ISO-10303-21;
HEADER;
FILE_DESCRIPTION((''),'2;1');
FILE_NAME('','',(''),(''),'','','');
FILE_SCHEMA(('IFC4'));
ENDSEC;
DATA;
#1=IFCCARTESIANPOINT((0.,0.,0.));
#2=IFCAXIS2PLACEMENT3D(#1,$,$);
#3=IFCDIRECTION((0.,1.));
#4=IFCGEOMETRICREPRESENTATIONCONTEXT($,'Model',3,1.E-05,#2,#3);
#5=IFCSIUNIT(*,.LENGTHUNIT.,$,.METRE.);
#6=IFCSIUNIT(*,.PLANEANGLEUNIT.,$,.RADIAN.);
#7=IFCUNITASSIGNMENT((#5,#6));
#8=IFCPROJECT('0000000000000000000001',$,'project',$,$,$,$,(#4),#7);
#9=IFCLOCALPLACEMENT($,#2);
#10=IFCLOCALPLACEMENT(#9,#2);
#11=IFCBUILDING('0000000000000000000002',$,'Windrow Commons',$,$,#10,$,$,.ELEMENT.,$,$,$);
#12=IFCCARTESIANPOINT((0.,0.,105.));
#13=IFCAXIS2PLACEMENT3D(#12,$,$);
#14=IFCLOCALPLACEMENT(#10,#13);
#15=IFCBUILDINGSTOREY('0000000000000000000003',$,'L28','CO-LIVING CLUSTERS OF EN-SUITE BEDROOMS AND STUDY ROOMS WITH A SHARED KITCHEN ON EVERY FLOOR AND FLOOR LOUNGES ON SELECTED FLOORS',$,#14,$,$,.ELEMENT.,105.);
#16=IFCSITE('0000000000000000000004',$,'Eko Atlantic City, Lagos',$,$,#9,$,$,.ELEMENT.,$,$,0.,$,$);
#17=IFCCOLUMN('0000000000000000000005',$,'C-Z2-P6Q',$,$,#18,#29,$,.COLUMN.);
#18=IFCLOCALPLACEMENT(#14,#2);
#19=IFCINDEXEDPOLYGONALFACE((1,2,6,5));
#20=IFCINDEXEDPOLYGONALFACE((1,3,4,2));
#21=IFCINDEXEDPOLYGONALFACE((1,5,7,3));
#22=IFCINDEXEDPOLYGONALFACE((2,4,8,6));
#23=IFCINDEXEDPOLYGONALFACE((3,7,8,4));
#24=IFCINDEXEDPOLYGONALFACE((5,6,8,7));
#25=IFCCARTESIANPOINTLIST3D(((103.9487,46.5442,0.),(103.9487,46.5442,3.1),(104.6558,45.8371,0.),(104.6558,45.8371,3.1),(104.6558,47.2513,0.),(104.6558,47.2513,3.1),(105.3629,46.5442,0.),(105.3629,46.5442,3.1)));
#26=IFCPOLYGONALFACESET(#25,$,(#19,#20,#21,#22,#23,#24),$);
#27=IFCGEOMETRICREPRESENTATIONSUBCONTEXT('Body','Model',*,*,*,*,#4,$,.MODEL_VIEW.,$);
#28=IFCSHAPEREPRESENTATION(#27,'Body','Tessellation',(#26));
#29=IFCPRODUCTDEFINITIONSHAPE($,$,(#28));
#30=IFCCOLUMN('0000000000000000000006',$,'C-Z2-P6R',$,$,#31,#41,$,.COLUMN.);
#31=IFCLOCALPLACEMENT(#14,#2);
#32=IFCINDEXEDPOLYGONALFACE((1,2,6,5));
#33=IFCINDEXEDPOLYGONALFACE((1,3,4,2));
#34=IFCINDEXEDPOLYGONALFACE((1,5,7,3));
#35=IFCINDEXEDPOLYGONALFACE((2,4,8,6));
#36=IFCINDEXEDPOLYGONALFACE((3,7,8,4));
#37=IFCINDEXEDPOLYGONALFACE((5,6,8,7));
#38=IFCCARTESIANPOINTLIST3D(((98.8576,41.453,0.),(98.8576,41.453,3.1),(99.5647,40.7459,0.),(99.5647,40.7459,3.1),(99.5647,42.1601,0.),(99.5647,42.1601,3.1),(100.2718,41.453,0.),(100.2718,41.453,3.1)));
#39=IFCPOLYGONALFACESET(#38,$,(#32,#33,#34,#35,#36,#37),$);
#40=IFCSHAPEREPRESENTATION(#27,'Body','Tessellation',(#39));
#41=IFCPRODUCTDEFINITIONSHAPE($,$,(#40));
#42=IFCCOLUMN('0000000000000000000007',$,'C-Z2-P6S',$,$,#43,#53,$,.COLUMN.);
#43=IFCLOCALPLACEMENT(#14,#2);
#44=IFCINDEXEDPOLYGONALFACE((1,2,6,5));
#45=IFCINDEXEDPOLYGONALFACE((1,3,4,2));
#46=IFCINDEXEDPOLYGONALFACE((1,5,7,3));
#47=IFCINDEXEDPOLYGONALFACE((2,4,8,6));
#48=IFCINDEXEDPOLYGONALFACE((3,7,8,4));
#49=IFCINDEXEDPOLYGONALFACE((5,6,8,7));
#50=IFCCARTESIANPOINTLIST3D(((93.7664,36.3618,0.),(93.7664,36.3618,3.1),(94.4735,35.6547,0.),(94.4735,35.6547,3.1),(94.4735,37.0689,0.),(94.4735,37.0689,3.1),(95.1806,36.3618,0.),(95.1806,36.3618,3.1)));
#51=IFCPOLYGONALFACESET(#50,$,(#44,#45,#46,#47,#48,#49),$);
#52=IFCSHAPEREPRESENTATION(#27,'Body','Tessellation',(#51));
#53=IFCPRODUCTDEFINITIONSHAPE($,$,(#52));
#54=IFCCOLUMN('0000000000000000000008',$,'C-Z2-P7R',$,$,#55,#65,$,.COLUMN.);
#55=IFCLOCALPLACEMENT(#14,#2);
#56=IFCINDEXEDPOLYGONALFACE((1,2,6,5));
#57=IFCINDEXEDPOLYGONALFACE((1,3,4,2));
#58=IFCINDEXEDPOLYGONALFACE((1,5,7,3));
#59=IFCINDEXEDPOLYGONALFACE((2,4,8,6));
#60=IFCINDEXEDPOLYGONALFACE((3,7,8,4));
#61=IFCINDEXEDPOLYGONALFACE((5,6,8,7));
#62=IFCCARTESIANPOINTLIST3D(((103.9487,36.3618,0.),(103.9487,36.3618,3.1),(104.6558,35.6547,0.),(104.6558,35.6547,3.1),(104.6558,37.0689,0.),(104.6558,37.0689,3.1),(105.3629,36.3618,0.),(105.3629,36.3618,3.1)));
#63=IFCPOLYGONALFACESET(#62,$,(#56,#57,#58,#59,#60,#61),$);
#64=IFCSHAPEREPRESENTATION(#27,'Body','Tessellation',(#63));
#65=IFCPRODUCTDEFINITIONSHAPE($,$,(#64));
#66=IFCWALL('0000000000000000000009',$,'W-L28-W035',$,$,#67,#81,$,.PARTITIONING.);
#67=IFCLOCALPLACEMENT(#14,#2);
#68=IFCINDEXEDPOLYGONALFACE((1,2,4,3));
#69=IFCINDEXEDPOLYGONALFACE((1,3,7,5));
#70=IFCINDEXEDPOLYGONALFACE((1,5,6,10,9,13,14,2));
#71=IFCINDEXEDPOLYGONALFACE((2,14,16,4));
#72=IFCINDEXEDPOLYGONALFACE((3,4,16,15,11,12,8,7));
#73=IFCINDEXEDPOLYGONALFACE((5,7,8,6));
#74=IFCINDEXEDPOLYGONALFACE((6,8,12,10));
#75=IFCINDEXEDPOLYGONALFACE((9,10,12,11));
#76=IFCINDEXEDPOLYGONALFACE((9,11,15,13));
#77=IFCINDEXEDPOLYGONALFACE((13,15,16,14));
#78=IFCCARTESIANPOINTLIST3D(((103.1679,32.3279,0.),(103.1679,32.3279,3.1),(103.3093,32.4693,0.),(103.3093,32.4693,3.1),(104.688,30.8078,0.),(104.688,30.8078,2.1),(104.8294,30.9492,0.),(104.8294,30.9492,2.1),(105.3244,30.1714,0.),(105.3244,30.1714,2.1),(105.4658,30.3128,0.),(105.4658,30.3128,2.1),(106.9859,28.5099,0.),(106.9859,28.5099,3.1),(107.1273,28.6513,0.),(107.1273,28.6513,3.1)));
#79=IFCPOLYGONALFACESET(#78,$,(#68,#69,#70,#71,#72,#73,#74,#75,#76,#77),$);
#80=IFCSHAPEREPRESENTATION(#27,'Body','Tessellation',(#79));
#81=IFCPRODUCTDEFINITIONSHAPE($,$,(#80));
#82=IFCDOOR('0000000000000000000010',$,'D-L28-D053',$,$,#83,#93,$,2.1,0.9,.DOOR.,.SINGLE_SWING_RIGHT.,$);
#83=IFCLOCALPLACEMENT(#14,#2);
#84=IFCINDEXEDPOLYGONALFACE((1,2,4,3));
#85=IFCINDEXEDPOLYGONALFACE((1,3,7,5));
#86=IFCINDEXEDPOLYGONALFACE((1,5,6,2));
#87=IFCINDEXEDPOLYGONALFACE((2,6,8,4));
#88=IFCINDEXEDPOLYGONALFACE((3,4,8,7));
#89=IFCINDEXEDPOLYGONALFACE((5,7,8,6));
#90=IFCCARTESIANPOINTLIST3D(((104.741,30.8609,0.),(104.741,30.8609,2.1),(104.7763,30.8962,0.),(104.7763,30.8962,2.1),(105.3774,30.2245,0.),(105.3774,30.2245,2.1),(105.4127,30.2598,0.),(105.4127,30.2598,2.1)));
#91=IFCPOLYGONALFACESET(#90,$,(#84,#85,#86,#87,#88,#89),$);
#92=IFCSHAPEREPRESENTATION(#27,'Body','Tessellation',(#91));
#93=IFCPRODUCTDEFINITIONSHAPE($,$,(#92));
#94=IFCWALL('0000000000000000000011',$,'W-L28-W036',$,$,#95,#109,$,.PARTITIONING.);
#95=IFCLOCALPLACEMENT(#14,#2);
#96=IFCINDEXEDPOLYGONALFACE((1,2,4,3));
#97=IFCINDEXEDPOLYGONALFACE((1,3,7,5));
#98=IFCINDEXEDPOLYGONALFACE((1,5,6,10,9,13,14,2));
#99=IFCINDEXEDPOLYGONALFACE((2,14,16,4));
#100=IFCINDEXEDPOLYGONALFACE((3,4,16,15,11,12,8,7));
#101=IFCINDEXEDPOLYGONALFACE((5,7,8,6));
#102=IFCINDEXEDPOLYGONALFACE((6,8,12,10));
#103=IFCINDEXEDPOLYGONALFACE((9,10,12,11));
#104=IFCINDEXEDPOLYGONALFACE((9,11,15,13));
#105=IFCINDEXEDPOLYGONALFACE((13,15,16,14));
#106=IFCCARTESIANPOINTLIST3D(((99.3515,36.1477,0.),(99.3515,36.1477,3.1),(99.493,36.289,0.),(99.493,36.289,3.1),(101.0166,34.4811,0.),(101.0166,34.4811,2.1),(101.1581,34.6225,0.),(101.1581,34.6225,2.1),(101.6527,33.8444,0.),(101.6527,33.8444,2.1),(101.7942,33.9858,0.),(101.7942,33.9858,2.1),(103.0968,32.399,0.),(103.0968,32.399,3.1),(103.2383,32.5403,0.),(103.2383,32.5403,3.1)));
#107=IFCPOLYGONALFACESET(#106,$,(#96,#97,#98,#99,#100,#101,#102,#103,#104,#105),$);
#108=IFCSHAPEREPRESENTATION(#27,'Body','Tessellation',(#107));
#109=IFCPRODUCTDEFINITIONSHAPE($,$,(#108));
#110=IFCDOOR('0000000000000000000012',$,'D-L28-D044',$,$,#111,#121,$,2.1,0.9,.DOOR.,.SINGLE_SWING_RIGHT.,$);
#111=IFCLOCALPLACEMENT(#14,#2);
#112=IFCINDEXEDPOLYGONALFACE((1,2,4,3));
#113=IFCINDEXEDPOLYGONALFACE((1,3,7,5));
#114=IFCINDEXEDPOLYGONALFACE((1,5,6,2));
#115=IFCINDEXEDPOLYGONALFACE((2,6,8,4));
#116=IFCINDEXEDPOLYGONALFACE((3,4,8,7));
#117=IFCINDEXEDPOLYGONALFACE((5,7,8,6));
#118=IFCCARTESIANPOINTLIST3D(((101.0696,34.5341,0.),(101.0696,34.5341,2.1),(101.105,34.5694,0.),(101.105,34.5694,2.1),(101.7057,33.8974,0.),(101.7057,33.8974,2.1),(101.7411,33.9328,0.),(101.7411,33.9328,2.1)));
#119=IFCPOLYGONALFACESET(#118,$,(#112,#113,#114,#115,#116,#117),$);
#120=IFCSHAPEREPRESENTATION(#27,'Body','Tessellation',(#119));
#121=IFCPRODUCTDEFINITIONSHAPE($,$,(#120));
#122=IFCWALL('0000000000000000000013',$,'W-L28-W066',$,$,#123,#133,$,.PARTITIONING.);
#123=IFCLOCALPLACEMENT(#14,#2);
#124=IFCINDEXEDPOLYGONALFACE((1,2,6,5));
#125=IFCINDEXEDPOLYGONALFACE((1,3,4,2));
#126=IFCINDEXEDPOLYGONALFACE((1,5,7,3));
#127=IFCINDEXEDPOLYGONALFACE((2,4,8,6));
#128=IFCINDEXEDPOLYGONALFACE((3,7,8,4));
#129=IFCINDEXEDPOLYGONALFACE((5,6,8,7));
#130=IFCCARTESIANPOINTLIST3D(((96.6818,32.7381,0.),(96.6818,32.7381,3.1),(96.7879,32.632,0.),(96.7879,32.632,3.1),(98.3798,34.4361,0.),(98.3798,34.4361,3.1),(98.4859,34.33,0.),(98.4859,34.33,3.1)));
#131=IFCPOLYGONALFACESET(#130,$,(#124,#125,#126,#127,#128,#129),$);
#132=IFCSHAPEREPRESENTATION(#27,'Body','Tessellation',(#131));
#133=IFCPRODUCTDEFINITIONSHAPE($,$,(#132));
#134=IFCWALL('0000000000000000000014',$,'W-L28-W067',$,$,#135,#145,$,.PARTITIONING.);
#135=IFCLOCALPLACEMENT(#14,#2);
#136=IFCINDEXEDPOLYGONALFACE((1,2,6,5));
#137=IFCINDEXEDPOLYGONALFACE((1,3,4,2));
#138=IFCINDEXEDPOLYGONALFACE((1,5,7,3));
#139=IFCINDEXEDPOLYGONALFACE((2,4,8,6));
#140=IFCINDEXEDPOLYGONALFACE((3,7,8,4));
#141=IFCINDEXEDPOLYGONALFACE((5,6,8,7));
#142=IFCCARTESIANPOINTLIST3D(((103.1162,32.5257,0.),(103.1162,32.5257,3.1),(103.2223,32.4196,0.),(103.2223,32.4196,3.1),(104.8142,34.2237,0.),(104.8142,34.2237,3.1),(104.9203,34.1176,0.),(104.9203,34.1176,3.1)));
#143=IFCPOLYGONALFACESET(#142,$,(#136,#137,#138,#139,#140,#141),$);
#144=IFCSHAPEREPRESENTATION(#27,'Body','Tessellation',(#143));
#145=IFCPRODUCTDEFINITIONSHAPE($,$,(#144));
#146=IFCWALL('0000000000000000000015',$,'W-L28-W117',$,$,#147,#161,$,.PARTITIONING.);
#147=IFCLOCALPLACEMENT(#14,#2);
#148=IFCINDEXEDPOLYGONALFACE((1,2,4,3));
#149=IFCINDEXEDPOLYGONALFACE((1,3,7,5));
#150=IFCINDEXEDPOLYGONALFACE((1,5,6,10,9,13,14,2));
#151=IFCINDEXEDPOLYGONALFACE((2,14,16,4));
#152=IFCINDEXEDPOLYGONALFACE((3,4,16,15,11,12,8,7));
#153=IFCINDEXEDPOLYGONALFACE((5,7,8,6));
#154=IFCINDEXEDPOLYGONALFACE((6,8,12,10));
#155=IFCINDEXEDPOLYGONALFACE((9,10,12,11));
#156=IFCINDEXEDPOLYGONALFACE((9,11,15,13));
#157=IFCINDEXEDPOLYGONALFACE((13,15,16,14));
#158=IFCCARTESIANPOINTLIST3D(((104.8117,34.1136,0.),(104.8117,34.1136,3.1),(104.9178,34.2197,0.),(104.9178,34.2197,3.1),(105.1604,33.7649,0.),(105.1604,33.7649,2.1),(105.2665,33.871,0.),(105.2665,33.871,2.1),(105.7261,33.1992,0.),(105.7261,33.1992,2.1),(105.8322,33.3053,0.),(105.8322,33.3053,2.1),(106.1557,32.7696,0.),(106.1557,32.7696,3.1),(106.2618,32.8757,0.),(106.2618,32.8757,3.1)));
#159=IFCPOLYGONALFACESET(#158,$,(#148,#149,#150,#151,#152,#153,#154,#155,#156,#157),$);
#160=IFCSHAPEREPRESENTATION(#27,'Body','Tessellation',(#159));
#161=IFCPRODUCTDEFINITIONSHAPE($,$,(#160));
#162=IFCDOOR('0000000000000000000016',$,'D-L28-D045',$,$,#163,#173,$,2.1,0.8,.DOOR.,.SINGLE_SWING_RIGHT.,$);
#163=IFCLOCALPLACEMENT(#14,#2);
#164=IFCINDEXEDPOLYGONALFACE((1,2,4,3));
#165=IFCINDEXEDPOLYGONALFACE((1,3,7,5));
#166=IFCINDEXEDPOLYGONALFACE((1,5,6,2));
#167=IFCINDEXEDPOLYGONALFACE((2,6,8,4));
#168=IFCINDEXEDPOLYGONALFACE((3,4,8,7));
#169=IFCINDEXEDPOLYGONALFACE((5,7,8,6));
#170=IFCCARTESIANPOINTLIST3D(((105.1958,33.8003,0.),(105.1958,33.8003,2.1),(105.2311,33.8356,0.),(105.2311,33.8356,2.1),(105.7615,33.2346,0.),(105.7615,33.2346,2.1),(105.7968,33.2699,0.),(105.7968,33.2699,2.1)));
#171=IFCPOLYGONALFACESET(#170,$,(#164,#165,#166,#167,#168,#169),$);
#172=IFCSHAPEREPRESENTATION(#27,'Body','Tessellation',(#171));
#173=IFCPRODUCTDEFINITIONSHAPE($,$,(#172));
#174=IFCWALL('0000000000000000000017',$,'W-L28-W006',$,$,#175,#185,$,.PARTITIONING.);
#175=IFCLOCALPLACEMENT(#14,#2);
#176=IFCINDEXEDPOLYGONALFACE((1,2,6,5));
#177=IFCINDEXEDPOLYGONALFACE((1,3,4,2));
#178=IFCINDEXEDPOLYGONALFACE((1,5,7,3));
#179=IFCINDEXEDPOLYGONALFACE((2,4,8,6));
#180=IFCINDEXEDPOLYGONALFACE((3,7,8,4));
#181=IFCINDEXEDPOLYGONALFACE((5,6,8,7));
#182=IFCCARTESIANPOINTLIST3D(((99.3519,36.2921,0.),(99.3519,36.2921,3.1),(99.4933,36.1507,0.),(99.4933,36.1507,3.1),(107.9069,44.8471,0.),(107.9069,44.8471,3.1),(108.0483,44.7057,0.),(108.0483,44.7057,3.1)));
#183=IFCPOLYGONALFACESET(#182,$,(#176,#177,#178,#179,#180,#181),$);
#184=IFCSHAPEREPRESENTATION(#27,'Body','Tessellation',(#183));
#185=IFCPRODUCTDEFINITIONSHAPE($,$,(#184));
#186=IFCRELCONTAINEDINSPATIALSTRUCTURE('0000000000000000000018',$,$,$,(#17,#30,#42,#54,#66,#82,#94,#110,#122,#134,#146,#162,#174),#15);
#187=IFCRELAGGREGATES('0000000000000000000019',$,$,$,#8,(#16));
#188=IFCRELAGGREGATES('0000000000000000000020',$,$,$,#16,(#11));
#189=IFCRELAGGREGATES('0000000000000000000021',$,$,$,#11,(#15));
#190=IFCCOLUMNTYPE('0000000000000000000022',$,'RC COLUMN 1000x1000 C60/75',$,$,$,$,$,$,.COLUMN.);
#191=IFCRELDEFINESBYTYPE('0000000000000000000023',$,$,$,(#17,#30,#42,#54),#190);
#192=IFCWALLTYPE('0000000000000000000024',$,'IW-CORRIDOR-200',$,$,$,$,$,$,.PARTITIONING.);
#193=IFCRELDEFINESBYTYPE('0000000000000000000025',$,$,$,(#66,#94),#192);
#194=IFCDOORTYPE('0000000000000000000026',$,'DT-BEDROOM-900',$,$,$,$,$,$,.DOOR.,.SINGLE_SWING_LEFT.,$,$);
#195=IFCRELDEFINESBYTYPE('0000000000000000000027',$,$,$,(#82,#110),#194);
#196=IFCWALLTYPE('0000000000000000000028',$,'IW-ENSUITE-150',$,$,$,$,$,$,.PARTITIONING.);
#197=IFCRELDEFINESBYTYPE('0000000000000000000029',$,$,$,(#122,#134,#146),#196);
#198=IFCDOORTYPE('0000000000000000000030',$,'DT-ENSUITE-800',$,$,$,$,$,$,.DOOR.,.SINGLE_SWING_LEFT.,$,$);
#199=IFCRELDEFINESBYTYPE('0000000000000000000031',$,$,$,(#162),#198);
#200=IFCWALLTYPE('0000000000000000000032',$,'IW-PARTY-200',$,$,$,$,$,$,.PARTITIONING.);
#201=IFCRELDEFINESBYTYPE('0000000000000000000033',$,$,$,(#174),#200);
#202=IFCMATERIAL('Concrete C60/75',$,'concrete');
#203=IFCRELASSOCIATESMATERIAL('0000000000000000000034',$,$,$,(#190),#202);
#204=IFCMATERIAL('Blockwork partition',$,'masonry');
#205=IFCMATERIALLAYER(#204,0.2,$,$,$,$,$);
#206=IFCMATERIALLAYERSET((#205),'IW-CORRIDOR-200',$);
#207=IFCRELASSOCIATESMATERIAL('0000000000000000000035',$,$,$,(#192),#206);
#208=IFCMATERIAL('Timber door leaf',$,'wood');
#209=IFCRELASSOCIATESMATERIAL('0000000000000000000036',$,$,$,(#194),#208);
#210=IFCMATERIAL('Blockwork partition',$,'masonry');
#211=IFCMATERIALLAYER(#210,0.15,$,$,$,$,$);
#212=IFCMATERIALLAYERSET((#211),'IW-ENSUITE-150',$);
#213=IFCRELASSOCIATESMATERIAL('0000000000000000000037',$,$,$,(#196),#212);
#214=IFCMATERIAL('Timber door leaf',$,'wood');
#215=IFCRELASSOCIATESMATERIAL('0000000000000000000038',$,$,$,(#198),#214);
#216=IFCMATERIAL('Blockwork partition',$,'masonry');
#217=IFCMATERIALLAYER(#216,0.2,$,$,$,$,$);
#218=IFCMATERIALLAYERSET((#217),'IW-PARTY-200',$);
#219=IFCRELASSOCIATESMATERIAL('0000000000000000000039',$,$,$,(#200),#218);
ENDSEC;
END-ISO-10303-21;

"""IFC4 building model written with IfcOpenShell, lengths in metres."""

from ifc_helpers import new_model, si_unit, direction, frame, frame_2d, origin, origin_2d, place, context, subcontext, project, spatial, rectangle, extrude, material, layer, layer_set, material_profile, profile_set, type_object, element, fill, save


model = new_model("IFC4")

# Units and contexts
model_context = context("Model", 3, precision=1e-05, world=origin(), true_north=direction((0.0, 1.0)))
body_context = subcontext(model_context, "Body", "Model", "MODEL_VIEW")
ifc_project = project(units=[si_unit("LENGTHUNIT", "METRE"), si_unit("PLANEANGLEUNIT", "RADIAN")], contexts=[model_context])

# Site, building, storey
site_placement = place(None, origin())
site = spatial("IfcSite", under=ifc_project, at=site_placement, Name="Eko Atlantic City, Lagos", CompositionType="ELEMENT", RefElevation=0.0)
building_placement = place(site_placement, origin())
building = spatial("IfcBuilding", under=site, at=building_placement, Name="Windrow Commons", CompositionType="ELEMENT")
storey_placement = place(building_placement, frame((0.0, 0.0, 105.0)))
storey = spatial("IfcBuildingStorey", under=building, at=storey_placement, Name="L28", Description="CO-LIVING CLUSTERS OF EN-SUITE BEDROOMS AND STUDY ROOMS WITH A SHARED KITCHEN ON EVERY FLOOR AND FLOOR LOUNGES ON SELECTED FLOORS", CompositionType="ELEMENT", Elevation=105.0)

# Columns
ifc_material_1 = material(Name="Concrete C60/75", Category="concrete")
ifc_material_profile = material_profile(ifc_material_1, rectangle(XDim=1.0, YDim=1.0, at=origin_2d()))
ifc_profile_set = profile_set([ifc_material_profile], Name="Concrete C60/75")
column_type = type_object("IfcColumnType", Name="RC COLUMN 1000x1000 C60/75", PredefinedType="COLUMN", material=ifc_profile_set)
for number, where, z_axis, x_axis, name in (
    (1, (104.6558, 46.5442, 0.0), (0.0, 0.0, 1.0), (0.707107, -0.707107, 0.0), "C-Z2-P6Q"),
    (2, (99.5647, 41.453, 0.0), (0.0, 0.0, 1.0), (0.707107, -0.707107, 0.0), "C-Z2-P6R"),
    (3, (94.4735, 36.3618, 0.0), (0.0, 0.0, 1.0), (0.707107, -0.707107, 0.0), "C-Z2-P6S"),
    (4, (104.6558, 36.3618, 0.0), (0.0, 0.0, 1.0), (0.707107, -0.707107, 0.0), "C-Z2-P7R"),
):
    element("IfcColumn", number, at=place(storey_placement, frame(where, z_axis=z_axis, x_axis=x_axis)), inside=storey, type_object=column_type, Name=name, PredefinedType="COLUMN", context=body_context, shape_type="SweptSolid", body=[
        extrude(rectangle(XDim=1.0, YDim=1.0, at=origin_2d()), origin(), (0.0, 0.0, 1.0), 3.1),
    ])

# Walls, openings, doors
ifc_material_2 = material(Name="Blockwork partition", Category="masonry")
ifc_layer_1 = layer(ifc_material_2, 0.2)
ifc_layer_set_1 = layer_set([ifc_layer_1], Name="IW-CORRIDOR-200")
wall_type_1 = type_object("IfcWallType", Name="IW-CORRIDOR-200", PredefinedType="PARTITIONING", material=ifc_layer_set_1)
wall_1_placement = place(storey_placement, frame((103.2386, 32.3986, 0.0), z_axis=(0.0, 0.0, 1.0), x_axis=(0.707107, -0.707107, 0.0)))
wall_1 = element("IfcWall", 5, at=wall_1_placement, inside=storey, type_object=wall_type_1, Name="W-L28-W035", PredefinedType="PARTITIONING", context=body_context, shape_type="SweptSolid", body=[
    extrude(rectangle(XDim=5.3995, YDim=0.2, at=frame_2d((2.6997, 0.0))), origin(), (0.0, 0.0, 1.0), 3.1),
])
opening_1_placement = place(wall_1_placement, frame((2.1497, 0.0, 0.0)))
opening_1 = element("IfcOpeningElement", 6, at=opening_1_placement, cuts=wall_1, PredefinedType="OPENING", context=body_context, shape_type="SweptSolid", body=[
    extrude(rectangle(XDim=0.9, YDim=2.1, at=frame_2d((0.45, 1.05))), frame((0.0, 0.11, 0.0), z_axis=(0.0, -1.0, 0.0), x_axis=(1.0, 0.0, 0.0)), (0.0, 0.0, 1.0), 0.22),
])
ifc_material_3 = material(Name="Timber door leaf", Category="wood")
door_type_1 = type_object("IfcDoorType", Name="DT-BEDROOM-900", OperationType="SINGLE_SWING_LEFT", PredefinedType="DOOR", material=ifc_material_3)
door_1_placement = place(opening_1_placement, origin())
door_1 = element("IfcDoor", 7, at=door_1_placement, inside=storey, type_object=door_type_1, Name="D-L28-D053", OperationType="SINGLE_SWING_RIGHT", OverallHeight=2.1, OverallWidth=0.9, PredefinedType="DOOR", context=body_context, shape_type="SweptSolid", body=[
    extrude(rectangle(XDim=0.9, YDim=2.1, at=frame_2d((0.45, 1.05))), frame((0.0, 0.025, 0.0), z_axis=(0.0, -1.0, 0.0), x_axis=(1.0, 0.0, 0.0)), (0.0, 0.0, 1.0), 0.05),
])
fill(opening_1, door_1)
wall_2_placement = place(storey_placement, frame((103.1676, 32.4696, 0.0), z_axis=(0.0, 0.0, 1.0), x_axis=(-0.706786, 0.707428, 0.0)))
wall_2 = element("IfcWall", 8, at=wall_2_placement, inside=storey, type_object=wall_type_1, Name="W-L28-W036", PredefinedType="PARTITIONING", context=body_context, shape_type="SweptSolid", body=[
    extrude(rectangle(XDim=5.2991, YDim=0.2, at=frame_2d((2.6496, 0.0))), origin(), (0.0, 0.0, 1.0), 3.1),
])
opening_2_placement = place(wall_2_placement, frame((2.0433, 0.0, 0.0)))
opening_2 = element("IfcOpeningElement", 9, at=opening_2_placement, cuts=wall_2, PredefinedType="OPENING", context=body_context, shape_type="SweptSolid", body=[
    extrude(rectangle(XDim=0.9, YDim=2.1, at=frame_2d((0.45, 1.05))), frame((0.0, 0.11, 0.0), z_axis=(0.0, -1.0, 0.0), x_axis=(1.0, 0.0, 0.0)), (0.0, 0.0, 1.0), 0.22),
])
door_2_placement = place(opening_2_placement, origin())
door_2 = element("IfcDoor", 10, at=door_2_placement, inside=storey, type_object=door_type_1, Name="D-L28-D044", OperationType="SINGLE_SWING_RIGHT", OverallHeight=2.1, OverallWidth=0.9, PredefinedType="DOOR", context=body_context, shape_type="SweptSolid", body=[
    extrude(rectangle(XDim=0.9, YDim=2.1, at=frame_2d((0.45, 1.05))), frame((0.0, 0.025, 0.0), z_axis=(0.0, -1.0, 0.0), x_axis=(1.0, 0.0, 0.0)), (0.0, 0.0, 1.0), 0.05),
])
fill(opening_2, door_2)

# Walls
ifc_material_4 = material(Name="Blockwork partition", Category="masonry")
ifc_layer_2 = layer(ifc_material_4, 0.15)
ifc_layer_set_2 = layer_set([ifc_layer_2], Name="IW-ENSUITE-150")
wall_type_2 = type_object("IfcWallType", Name="IW-ENSUITE-150", PredefinedType="PARTITIONING", material=ifc_layer_set_2)
for number, where, z_axis, x_axis, name in (
    (11, (96.7349, 32.6851, 0.0), (0.0, 0.0, 1.0), (0.707107, 0.707107, 0.0), "W-L28-W066"),
    (12, (103.1693, 32.4727, 0.0), (0.0, 0.0, 1.0), (0.707107, 0.707107, 0.0), "W-L28-W067"),
):
    element("IfcWall", number, at=place(storey_placement, frame(where, z_axis=z_axis, x_axis=x_axis)), inside=storey, type_object=wall_type_2, Name=name, PredefinedType="PARTITIONING", context=body_context, shape_type="SweptSolid", body=[
        extrude(rectangle(XDim=2.4013, YDim=0.15, at=frame_2d((1.2006, 0.0))), origin(), (0.0, 0.0, 1.0), 3.1),
    ])

# Wall, opening, door
wall_3_placement = place(storey_placement, frame((104.8647, 34.1667, 0.0), z_axis=(0.0, 0.0, 1.0), x_axis=(0.707107, -0.707107, 0.0)))
wall_3 = element("IfcWall", 13, at=wall_3_placement, inside=storey, type_object=wall_type_2, Name="W-L28-W117", PredefinedType="PARTITIONING", context=body_context, shape_type="SweptSolid", body=[
    extrude(rectangle(XDim=1.9007, YDim=0.15, at=frame_2d((0.9504, 0.0))), origin(), (0.0, 0.0, 1.0), 3.1),
])
opening_3_placement = place(wall_3_placement, frame((0.4932, 0.0, 0.0)))
opening_3 = element("IfcOpeningElement", 14, at=opening_3_placement, cuts=wall_3, PredefinedType="OPENING", context=body_context, shape_type="SweptSolid", body=[
    extrude(rectangle(XDim=0.8, YDim=2.1, at=frame_2d((0.4, 1.05))), frame((0.0, 0.085, 0.0), z_axis=(0.0, -1.0, 0.0), x_axis=(1.0, 0.0, 0.0)), (0.0, 0.0, 1.0), 0.17),
])
ifc_material_5 = material(Name="Timber door leaf", Category="wood")
door_type_2 = type_object("IfcDoorType", Name="DT-ENSUITE-800", OperationType="SINGLE_SWING_LEFT", PredefinedType="DOOR", material=ifc_material_5)
door_3_placement = place(opening_3_placement, origin())
door_3 = element("IfcDoor", 15, at=door_3_placement, inside=storey, type_object=door_type_2, Name="D-L28-D045", OperationType="SINGLE_SWING_RIGHT", OverallHeight=2.1, OverallWidth=0.8, PredefinedType="DOOR", context=body_context, shape_type="SweptSolid", body=[
    extrude(rectangle(XDim=0.8, YDim=2.1, at=frame_2d((0.4, 1.05))), frame((0.0, 0.025, 0.0), z_axis=(0.0, -1.0, 0.0), x_axis=(1.0, 0.0, 0.0)), (0.0, 0.0, 1.0), 0.05),
])
fill(opening_3, door_3)

# Wall
ifc_material_6 = material(Name="Blockwork partition", Category="masonry")
ifc_layer_3 = layer(ifc_material_6, 0.2)
ifc_layer_set_3 = layer_set([ifc_layer_3], Name="IW-PARTY-200")
wall_type_3 = type_object("IfcWallType", Name="IW-PARTY-200", PredefinedType="PARTITIONING", material=ifc_layer_set_3)
wall_4_placement = place(storey_placement, frame((99.4226, 36.2214, 0.0), z_axis=(0.0, 0.0, 1.0), x_axis=(0.707107, 0.707107, 0.0)))
element("IfcWall", 16, at=wall_4_placement, inside=storey, type_object=wall_type_3, Name="W-L28-W006", PredefinedType="PARTITIONING", context=body_context, shape_type="SweptSolid", body=[
    extrude(rectangle(XDim=12.0987, YDim=0.2, at=frame_2d((6.0493, 0.0))), origin(), (0.0, 0.0, 1.0), 3.1),
])

save(model, "model.ifc")
